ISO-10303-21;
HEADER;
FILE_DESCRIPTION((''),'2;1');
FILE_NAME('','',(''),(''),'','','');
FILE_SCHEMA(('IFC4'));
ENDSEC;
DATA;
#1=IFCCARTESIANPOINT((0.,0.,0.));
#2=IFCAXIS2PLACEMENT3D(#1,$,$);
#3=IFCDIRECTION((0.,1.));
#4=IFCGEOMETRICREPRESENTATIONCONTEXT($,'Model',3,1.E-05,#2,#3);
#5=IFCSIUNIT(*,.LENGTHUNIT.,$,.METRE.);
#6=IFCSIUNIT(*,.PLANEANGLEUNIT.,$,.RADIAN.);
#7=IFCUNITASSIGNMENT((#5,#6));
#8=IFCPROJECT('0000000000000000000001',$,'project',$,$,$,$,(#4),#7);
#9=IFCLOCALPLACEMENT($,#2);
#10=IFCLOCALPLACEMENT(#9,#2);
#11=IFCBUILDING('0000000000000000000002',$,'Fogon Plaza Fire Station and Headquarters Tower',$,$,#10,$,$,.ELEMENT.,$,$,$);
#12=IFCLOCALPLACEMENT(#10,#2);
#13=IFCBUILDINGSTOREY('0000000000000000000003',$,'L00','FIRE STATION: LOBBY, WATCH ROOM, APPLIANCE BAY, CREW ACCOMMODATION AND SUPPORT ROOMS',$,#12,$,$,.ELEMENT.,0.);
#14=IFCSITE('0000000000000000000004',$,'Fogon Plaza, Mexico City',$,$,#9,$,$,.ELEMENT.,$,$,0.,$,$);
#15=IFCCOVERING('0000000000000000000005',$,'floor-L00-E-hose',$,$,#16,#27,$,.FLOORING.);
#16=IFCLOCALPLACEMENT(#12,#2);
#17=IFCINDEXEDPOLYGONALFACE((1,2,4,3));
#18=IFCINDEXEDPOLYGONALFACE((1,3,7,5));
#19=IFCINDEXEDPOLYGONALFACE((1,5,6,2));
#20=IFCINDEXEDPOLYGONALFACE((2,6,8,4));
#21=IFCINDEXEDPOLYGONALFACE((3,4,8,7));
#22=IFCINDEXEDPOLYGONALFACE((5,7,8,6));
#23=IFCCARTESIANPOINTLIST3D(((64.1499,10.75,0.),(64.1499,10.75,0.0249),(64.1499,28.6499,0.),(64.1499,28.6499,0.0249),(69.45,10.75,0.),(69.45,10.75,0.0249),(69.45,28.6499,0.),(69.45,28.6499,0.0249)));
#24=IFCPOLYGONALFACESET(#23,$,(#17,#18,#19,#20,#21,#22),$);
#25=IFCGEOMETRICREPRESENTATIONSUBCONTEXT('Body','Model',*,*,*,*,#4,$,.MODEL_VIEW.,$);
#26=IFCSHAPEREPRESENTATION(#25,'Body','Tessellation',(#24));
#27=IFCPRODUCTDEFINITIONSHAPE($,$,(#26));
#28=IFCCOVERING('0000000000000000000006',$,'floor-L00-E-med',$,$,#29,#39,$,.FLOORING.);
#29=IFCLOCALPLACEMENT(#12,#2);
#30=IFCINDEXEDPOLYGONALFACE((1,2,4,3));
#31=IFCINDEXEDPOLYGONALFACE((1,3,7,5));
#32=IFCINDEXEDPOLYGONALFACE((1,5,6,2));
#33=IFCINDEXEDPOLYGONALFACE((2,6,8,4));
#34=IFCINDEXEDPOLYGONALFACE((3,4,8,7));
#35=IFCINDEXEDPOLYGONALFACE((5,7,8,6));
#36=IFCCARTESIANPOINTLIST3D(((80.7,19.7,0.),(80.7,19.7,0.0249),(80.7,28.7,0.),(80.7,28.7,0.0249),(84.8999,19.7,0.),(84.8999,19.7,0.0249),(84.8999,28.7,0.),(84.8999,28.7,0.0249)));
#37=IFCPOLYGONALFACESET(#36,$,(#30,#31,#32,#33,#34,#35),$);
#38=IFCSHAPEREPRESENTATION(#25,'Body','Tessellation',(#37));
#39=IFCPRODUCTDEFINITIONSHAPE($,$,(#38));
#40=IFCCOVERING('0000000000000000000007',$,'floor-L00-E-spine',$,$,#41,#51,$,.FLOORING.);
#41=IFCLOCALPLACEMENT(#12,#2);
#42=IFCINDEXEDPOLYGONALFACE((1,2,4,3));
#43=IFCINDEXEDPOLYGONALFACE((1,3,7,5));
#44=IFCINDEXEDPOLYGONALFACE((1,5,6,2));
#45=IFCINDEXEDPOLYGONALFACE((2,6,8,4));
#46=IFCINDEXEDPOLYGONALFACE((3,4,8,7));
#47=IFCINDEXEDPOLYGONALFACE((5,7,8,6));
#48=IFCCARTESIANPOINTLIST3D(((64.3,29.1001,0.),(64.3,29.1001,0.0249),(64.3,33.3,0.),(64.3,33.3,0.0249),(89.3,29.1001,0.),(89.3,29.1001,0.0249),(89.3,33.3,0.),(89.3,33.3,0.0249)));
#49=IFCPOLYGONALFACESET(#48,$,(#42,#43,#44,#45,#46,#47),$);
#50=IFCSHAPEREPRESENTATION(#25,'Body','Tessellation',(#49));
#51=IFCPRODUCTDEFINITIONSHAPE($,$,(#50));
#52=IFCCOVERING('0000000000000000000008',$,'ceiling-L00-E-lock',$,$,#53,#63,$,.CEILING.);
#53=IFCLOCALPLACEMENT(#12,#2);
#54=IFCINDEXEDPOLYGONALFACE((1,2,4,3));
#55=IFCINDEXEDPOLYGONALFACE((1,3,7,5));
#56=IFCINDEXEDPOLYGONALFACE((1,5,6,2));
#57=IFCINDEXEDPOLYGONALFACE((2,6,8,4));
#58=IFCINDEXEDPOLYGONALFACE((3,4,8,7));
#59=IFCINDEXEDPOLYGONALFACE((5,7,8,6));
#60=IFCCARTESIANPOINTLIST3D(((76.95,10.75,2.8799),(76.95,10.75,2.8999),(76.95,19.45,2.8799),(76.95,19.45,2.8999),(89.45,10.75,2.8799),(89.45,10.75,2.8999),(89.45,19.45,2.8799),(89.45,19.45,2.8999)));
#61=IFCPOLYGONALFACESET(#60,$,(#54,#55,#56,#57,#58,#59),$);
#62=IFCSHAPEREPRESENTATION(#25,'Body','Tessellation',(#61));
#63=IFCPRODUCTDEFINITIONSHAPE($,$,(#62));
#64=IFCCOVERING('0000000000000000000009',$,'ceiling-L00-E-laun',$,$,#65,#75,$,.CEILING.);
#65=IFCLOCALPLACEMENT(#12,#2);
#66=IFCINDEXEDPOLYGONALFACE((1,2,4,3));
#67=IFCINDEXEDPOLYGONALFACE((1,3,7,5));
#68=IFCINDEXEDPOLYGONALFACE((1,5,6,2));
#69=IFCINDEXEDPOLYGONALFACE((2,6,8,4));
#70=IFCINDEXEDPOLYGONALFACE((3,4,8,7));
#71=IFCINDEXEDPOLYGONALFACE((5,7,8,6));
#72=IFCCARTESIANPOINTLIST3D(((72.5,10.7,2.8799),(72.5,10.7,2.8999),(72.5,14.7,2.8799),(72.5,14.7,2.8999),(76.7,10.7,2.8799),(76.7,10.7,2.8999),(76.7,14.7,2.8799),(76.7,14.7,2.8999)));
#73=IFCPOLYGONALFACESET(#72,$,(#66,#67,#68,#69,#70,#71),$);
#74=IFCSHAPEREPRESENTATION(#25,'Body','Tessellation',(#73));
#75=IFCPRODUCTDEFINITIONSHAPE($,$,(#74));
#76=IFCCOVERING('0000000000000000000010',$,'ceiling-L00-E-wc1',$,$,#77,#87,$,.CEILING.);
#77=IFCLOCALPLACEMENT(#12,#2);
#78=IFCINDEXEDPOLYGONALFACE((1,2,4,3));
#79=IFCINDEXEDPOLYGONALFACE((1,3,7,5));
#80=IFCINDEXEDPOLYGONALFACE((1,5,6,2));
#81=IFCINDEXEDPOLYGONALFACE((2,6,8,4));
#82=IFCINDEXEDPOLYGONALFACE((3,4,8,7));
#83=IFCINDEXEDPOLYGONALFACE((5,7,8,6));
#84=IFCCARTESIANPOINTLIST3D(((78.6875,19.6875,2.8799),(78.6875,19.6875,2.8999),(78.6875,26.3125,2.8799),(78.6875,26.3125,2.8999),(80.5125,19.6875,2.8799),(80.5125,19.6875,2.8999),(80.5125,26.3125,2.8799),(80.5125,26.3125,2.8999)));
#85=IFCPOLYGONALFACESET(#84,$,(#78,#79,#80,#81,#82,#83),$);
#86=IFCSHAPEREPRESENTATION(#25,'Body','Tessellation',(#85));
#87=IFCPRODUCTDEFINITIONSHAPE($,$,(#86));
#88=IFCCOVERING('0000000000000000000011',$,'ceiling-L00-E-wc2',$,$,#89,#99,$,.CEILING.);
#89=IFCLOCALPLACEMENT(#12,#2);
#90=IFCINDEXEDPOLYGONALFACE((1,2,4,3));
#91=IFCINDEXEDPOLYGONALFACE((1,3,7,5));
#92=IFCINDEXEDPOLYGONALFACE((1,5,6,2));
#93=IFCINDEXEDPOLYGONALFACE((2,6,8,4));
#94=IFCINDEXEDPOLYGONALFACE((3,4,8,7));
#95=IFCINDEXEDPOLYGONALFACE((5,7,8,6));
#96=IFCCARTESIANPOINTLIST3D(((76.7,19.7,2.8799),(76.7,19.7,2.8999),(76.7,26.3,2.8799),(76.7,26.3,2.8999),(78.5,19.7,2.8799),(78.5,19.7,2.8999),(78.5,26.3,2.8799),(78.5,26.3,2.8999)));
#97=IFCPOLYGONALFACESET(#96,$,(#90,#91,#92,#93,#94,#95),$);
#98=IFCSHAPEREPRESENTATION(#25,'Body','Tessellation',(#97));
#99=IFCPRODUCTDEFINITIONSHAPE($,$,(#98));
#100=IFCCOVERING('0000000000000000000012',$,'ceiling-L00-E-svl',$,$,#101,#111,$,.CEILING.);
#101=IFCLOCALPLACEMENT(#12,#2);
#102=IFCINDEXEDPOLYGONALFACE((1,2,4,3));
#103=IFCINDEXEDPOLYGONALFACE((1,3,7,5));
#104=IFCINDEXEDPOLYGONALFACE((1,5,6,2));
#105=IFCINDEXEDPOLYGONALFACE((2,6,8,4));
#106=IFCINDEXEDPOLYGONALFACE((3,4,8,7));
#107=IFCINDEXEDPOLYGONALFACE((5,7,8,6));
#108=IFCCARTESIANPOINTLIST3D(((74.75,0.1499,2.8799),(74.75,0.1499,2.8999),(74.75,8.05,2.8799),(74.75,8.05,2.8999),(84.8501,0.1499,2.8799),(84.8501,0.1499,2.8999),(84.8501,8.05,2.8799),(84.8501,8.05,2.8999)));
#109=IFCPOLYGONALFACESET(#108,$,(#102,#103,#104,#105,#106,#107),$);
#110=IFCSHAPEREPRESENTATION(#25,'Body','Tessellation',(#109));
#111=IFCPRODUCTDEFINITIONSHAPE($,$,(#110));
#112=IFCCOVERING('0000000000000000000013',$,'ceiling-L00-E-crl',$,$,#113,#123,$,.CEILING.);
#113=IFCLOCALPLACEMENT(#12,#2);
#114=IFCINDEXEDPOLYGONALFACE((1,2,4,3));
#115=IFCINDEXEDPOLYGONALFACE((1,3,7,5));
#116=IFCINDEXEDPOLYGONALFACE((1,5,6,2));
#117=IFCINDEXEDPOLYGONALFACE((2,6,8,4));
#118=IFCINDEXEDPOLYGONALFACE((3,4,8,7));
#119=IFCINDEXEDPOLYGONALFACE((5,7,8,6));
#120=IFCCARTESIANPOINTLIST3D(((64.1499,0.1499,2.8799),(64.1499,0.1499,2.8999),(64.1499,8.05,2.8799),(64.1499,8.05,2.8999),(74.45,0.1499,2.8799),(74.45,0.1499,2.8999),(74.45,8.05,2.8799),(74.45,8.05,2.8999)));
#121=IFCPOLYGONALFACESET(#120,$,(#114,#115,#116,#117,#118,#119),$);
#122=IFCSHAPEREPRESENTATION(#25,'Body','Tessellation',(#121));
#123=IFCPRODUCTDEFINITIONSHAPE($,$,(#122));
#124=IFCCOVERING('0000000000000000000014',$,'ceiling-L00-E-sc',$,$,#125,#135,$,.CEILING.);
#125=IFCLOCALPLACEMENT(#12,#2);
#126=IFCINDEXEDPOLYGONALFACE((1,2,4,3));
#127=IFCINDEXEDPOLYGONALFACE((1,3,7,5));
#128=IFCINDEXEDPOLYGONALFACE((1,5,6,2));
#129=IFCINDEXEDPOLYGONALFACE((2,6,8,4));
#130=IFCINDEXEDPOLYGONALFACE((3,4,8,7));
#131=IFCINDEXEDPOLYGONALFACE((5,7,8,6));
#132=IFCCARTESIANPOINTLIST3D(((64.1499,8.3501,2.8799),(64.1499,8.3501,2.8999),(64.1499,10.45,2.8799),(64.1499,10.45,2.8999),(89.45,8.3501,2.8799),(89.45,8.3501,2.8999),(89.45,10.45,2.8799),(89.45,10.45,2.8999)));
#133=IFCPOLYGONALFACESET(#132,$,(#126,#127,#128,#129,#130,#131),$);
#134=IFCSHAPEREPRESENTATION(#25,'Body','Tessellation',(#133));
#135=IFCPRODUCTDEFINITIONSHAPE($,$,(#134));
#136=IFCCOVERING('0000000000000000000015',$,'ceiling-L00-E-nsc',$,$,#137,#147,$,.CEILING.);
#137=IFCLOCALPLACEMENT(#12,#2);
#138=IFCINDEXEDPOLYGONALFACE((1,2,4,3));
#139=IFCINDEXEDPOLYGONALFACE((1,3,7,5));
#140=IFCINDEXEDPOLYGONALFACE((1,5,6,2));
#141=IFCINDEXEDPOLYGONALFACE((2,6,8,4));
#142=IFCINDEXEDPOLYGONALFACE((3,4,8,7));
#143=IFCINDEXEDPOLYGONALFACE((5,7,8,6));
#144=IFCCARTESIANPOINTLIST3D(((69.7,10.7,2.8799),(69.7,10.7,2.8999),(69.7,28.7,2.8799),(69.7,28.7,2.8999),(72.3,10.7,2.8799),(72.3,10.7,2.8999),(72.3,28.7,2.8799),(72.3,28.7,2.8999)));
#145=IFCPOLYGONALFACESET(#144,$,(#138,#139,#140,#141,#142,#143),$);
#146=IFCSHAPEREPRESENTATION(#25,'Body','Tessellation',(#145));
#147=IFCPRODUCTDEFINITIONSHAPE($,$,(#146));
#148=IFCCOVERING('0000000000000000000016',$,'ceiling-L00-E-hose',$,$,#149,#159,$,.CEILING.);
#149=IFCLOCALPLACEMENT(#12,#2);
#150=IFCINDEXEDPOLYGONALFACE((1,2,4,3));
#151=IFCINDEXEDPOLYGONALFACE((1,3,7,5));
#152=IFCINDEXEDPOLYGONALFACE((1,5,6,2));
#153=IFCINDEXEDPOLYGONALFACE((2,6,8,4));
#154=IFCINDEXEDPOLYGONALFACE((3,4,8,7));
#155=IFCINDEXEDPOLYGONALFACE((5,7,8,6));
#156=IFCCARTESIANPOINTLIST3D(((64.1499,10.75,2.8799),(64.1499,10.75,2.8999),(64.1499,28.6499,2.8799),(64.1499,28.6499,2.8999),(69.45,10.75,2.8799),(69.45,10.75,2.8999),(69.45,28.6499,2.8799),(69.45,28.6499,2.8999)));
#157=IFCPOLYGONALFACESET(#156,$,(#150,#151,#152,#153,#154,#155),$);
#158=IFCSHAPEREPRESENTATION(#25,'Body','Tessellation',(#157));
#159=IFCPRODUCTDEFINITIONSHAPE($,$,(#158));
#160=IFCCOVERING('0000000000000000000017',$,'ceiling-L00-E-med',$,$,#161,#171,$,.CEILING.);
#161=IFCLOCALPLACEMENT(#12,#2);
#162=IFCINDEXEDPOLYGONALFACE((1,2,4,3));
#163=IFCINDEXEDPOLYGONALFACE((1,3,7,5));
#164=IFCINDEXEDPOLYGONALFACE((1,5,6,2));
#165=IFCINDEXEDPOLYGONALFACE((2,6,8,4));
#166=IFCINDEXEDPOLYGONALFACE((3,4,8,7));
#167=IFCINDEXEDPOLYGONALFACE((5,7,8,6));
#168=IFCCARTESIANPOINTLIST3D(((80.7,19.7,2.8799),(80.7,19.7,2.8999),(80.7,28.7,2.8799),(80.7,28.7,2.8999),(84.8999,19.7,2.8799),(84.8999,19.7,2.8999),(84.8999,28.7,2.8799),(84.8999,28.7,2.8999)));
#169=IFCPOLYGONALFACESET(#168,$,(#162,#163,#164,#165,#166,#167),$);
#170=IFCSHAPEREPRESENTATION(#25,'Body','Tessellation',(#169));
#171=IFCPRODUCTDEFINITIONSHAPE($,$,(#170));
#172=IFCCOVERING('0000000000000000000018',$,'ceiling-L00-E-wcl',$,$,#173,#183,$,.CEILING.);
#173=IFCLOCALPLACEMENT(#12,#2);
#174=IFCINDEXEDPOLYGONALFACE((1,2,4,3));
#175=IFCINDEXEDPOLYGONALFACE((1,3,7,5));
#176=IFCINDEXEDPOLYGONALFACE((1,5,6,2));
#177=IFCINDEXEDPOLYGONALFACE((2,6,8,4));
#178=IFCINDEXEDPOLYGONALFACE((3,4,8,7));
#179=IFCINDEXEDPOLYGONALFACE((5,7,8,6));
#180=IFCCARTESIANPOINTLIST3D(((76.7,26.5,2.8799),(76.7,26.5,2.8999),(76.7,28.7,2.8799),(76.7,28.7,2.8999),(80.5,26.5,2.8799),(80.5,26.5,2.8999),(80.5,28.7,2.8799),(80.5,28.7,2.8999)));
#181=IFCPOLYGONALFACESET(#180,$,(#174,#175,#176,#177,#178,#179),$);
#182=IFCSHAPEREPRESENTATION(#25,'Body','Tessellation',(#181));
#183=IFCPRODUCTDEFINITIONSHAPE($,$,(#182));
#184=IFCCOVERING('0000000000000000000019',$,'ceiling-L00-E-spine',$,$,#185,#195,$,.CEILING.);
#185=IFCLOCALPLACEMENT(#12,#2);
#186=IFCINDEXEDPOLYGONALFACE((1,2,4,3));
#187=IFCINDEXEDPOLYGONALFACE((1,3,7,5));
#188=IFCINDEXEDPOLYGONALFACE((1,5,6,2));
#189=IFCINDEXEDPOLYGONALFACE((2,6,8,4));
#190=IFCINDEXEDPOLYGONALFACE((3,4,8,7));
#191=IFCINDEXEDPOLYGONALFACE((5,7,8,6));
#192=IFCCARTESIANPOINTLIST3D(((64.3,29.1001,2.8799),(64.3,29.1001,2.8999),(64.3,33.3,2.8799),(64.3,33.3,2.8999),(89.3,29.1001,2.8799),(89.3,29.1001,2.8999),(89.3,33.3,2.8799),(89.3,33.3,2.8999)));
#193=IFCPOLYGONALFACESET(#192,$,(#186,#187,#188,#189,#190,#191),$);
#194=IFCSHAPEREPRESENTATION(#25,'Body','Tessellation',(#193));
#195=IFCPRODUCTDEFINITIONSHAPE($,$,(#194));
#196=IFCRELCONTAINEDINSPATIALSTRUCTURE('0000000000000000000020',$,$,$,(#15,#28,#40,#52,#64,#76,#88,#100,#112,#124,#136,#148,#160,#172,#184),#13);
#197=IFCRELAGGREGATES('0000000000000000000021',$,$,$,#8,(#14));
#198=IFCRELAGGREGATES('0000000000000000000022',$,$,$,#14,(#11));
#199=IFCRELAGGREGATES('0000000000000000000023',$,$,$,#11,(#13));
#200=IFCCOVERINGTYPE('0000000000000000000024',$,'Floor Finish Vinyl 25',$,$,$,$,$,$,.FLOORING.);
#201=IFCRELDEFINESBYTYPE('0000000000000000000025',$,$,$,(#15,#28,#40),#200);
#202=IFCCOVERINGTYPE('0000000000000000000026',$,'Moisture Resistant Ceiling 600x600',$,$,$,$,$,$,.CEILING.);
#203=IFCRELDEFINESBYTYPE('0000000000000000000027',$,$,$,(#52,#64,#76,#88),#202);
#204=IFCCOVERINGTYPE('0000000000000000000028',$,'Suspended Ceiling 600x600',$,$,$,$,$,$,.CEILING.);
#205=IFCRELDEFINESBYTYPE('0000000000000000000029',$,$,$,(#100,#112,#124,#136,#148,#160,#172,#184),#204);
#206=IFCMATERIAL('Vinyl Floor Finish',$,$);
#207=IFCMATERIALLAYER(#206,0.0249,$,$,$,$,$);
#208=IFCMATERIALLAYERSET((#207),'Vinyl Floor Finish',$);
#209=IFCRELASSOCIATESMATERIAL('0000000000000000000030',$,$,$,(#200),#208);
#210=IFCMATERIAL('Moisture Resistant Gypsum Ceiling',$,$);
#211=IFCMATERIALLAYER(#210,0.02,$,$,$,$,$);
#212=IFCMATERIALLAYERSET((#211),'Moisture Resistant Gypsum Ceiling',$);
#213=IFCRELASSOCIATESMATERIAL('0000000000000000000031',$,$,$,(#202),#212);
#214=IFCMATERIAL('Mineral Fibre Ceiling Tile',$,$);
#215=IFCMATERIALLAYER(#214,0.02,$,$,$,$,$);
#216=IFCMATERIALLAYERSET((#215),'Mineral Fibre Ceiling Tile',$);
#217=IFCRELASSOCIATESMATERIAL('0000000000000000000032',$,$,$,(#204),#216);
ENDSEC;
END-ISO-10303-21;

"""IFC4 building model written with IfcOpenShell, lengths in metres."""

from ifc_helpers import new_model, si_unit, direction, frame, origin, place, context, subcontext, project, spatial, polyline, outline, extrude, material, layer, layer_set, type_object, element, save


model = new_model("IFC4")

# Units and contexts
model_context = context("Model", 3, precision=1e-05, world=origin(), true_north=direction((0.0, 1.0)))
body_context = subcontext(model_context, "Body", "Model", "MODEL_VIEW")
ifc_project = project(units=[si_unit("LENGTHUNIT", "METRE"), si_unit("PLANEANGLEUNIT", "RADIAN")], contexts=[model_context])

# Site, building, storey
site_placement = place(None, origin())
site = spatial("IfcSite", under=ifc_project, at=site_placement, Name="Fogon Plaza, Mexico City", CompositionType="ELEMENT", RefElevation=0.0)
building_placement = place(site_placement, origin())
building = spatial("IfcBuilding", under=site, at=building_placement, Name="Fogon Plaza Fire Station and Headquarters Tower", CompositionType="ELEMENT")
storey_placement = place(building_placement, origin())
storey = spatial("IfcBuildingStorey", under=building, at=storey_placement, Name="L00", Description="FIRE STATION: LOBBY, WATCH ROOM, APPLIANCE BAY, CREW ACCOMMODATION AND SUPPORT ROOMS", CompositionType="ELEMENT", Elevation=0.0)

# Coverings
ifc_material_1 = material(Name="Vinyl Floor Finish")
ifc_layer_1 = layer(ifc_material_1, 0.0249)
ifc_layer_set_1 = layer_set([ifc_layer_1], Name="Vinyl Floor Finish")
covering_type_1 = type_object("IfcCoveringType", Name="Floor Finish Vinyl 25", PredefinedType="FLOORING", material=ifc_layer_set_1)
covering_1_placement = place(storey_placement, origin())
element("IfcCovering", 1, at=covering_1_placement, inside=storey, type_object=covering_type_1, Name="floor-L00-E-hose", PredefinedType="FLOORING", context=body_context, shape_type="SweptSolid", body=[
    extrude(outline(polyline([(64.1499, 10.75), (64.1499, 28.6499), (69.45, 28.6499), (69.45, 10.75), (64.1499, 10.75)])), origin(), (0.0, 0.0, 1.0), 0.0249),
])
covering_2_placement = place(storey_placement, origin())
element("IfcCovering", 2, at=covering_2_placement, inside=storey, type_object=covering_type_1, Name="floor-L00-E-med", PredefinedType="FLOORING", context=body_context, shape_type="SweptSolid", body=[
    extrude(outline(polyline([(80.7, 19.7), (80.7, 28.7), (84.8999, 28.7), (84.8999, 19.7), (80.7, 19.7)])), origin(), (0.0, 0.0, 1.0), 0.0249),
])
covering_3_placement = place(storey_placement, origin())
element("IfcCovering", 3, at=covering_3_placement, inside=storey, type_object=covering_type_1, Name="floor-L00-E-spine", PredefinedType="FLOORING", context=body_context, shape_type="SweptSolid", body=[
    extrude(outline(polyline([(64.3, 29.1001), (64.3, 33.3), (89.3, 33.3), (89.3, 29.1001), (64.3, 29.1001)])), origin(), (0.0, 0.0, 1.0), 0.0249),
])
ifc_material_2 = material(Name="Moisture Resistant Gypsum Ceiling")
ifc_layer_2 = layer(ifc_material_2, 0.02)
ifc_layer_set_2 = layer_set([ifc_layer_2], Name="Moisture Resistant Gypsum Ceiling")
covering_type_2 = type_object("IfcCoveringType", Name="Moisture Resistant Ceiling 600x600", PredefinedType="CEILING", material=ifc_layer_set_2)
covering_4_placement = place(storey_placement, frame((0.0, 0.0, 2.8799)))
element("IfcCovering", 4, at=covering_4_placement, inside=storey, type_object=covering_type_2, Name="ceiling-L00-E-lock", PredefinedType="CEILING", context=body_context, shape_type="SweptSolid", body=[
    extrude(outline(polyline([(76.95, 10.75), (76.95, 19.45), (89.45, 19.45), (89.45, 10.75), (76.95, 10.75)])), origin(), (0.0, 0.0, 1.0), 0.02),
])
covering_5_placement = place(storey_placement, frame((0.0, 0.0, 2.8799)))
element("IfcCovering", 5, at=covering_5_placement, inside=storey, type_object=covering_type_2, Name="ceiling-L00-E-laun", PredefinedType="CEILING", context=body_context, shape_type="SweptSolid", body=[
    extrude(outline(polyline([(72.5, 10.7), (72.5, 14.7), (76.7, 14.7), (76.7, 10.7), (72.5, 10.7)])), origin(), (0.0, 0.0, 1.0), 0.02),
])
covering_6_placement = place(storey_placement, frame((0.0, 0.0, 2.8799)))
element("IfcCovering", 6, at=covering_6_placement, inside=storey, type_object=covering_type_2, Name="ceiling-L00-E-wc1", PredefinedType="CEILING", context=body_context, shape_type="SweptSolid", body=[
    extrude(outline(polyline([(78.6875, 19.6875), (78.6875, 26.3125), (80.5125, 26.3125), (80.5125, 19.6875), (78.6875, 19.6875)])), origin(), (0.0, 0.0, 1.0), 0.02),
])
covering_7_placement = place(storey_placement, frame((0.0, 0.0, 2.8799)))
element("IfcCovering", 7, at=covering_7_placement, inside=storey, type_object=covering_type_2, Name="ceiling-L00-E-wc2", PredefinedType="CEILING", context=body_context, shape_type="SweptSolid", body=[
    extrude(outline(polyline([(76.7, 19.7), (76.7, 26.3), (78.5, 26.3), (78.5, 19.7), (76.7, 19.7)])), origin(), (0.0, 0.0, 1.0), 0.02),
])
ifc_material_3 = material(Name="Mineral Fibre Ceiling Tile")
ifc_layer_3 = layer(ifc_material_3, 0.02)
ifc_layer_set_3 = layer_set([ifc_layer_3], Name="Mineral Fibre Ceiling Tile")
covering_type_3 = type_object("IfcCoveringType", Name="Suspended Ceiling 600x600", PredefinedType="CEILING", material=ifc_layer_set_3)
covering_8_placement = place(storey_placement, frame((0.0, 0.0, 2.8799)))
element("IfcCovering", 8, at=covering_8_placement, inside=storey, type_object=covering_type_3, Name="ceiling-L00-E-svl", PredefinedType="CEILING", context=body_context, shape_type="SweptSolid", body=[
    extrude(outline(polyline([(74.75, 0.1499), (74.75, 8.05), (84.8501, 8.05), (84.8501, 0.1499), (74.75, 0.1499)])), origin(), (0.0, 0.0, 1.0), 0.02),
])
covering_9_placement = place(storey_placement, frame((0.0, 0.0, 2.8799)))
element("IfcCovering", 9, at=covering_9_placement, inside=storey, type_object=covering_type_3, Name="ceiling-L00-E-crl", PredefinedType="CEILING", context=body_context, shape_type="SweptSolid", body=[
    extrude(outline(polyline([(64.1499, 0.1499), (64.1499, 8.05), (74.45, 8.05), (74.45, 0.1499), (64.1499, 0.1499)])), origin(), (0.0, 0.0, 1.0), 0.02),
])
covering_10_placement = place(storey_placement, frame((0.0, 0.0, 2.8799)))
element("IfcCovering", 10, at=covering_10_placement, inside=storey, type_object=covering_type_3, Name="ceiling-L00-E-sc", PredefinedType="CEILING", context=body_context, shape_type="SweptSolid", body=[
    extrude(outline(polyline([(64.1499, 8.3501), (64.1499, 10.45), (89.45, 10.45), (89.45, 8.3501), (64.1499, 8.3501)])), origin(), (0.0, 0.0, 1.0), 0.02),
])
covering_11_placement = place(storey_placement, frame((0.0, 0.0, 2.8799)))
element("IfcCovering", 11, at=covering_11_placement, inside=storey, type_object=covering_type_3, Name="ceiling-L00-E-nsc", PredefinedType="CEILING", context=body_context, shape_type="SweptSolid", body=[
    extrude(outline(polyline([(69.7, 10.7), (69.7, 28.7), (72.3, 28.7), (72.3, 10.7), (69.7, 10.7)])), origin(), (0.0, 0.0, 1.0), 0.02),
])
covering_12_placement = place(storey_placement, frame((0.0, 0.0, 2.8799)))
element("IfcCovering", 12, at=covering_12_placement, inside=storey, type_object=covering_type_3, Name="ceiling-L00-E-hose", PredefinedType="CEILING", context=body_context, shape_type="SweptSolid", body=[
    extrude(outline(polyline([(64.1499, 10.75), (64.1499, 28.6499), (69.45, 28.6499), (69.45, 10.75), (64.1499, 10.75)])), origin(), (0.0, 0.0, 1.0), 0.02),
])
covering_13_placement = place(storey_placement, frame((0.0, 0.0, 2.8799)))
element("IfcCovering", 13, at=covering_13_placement, inside=storey, type_object=covering_type_3, Name="ceiling-L00-E-med", PredefinedType="CEILING", context=body_context, shape_type="SweptSolid", body=[
    extrude(outline(polyline([(80.7, 19.7), (80.7, 28.7), (84.8999, 28.7), (84.8999, 19.7), (80.7, 19.7)])), origin(), (0.0, 0.0, 1.0), 0.02),
])
covering_14_placement = place(storey_placement, frame((0.0, 0.0, 2.8799)))
element("IfcCovering", 14, at=covering_14_placement, inside=storey, type_object=covering_type_3, Name="ceiling-L00-E-wcl", PredefinedType="CEILING", context=body_context, shape_type="SweptSolid", body=[
    extrude(outline(polyline([(76.7, 26.5), (76.7, 28.7), (80.5, 28.7), (80.5, 26.5), (76.7, 26.5)])), origin(), (0.0, 0.0, 1.0), 0.02),
])
covering_15_placement = place(storey_placement, frame((0.0, 0.0, 2.8799)))
element("IfcCovering", 15, at=covering_15_placement, inside=storey, type_object=covering_type_3, Name="ceiling-L00-E-spine", PredefinedType="CEILING", context=body_context, shape_type="SweptSolid", body=[
    extrude(outline(polyline([(64.3, 29.1001), (64.3, 33.3), (89.3, 33.3), (89.3, 29.1001), (64.3, 29.1001)])), origin(), (0.0, 0.0, 1.0), 0.02),
])

save(model, "model.ifc")
